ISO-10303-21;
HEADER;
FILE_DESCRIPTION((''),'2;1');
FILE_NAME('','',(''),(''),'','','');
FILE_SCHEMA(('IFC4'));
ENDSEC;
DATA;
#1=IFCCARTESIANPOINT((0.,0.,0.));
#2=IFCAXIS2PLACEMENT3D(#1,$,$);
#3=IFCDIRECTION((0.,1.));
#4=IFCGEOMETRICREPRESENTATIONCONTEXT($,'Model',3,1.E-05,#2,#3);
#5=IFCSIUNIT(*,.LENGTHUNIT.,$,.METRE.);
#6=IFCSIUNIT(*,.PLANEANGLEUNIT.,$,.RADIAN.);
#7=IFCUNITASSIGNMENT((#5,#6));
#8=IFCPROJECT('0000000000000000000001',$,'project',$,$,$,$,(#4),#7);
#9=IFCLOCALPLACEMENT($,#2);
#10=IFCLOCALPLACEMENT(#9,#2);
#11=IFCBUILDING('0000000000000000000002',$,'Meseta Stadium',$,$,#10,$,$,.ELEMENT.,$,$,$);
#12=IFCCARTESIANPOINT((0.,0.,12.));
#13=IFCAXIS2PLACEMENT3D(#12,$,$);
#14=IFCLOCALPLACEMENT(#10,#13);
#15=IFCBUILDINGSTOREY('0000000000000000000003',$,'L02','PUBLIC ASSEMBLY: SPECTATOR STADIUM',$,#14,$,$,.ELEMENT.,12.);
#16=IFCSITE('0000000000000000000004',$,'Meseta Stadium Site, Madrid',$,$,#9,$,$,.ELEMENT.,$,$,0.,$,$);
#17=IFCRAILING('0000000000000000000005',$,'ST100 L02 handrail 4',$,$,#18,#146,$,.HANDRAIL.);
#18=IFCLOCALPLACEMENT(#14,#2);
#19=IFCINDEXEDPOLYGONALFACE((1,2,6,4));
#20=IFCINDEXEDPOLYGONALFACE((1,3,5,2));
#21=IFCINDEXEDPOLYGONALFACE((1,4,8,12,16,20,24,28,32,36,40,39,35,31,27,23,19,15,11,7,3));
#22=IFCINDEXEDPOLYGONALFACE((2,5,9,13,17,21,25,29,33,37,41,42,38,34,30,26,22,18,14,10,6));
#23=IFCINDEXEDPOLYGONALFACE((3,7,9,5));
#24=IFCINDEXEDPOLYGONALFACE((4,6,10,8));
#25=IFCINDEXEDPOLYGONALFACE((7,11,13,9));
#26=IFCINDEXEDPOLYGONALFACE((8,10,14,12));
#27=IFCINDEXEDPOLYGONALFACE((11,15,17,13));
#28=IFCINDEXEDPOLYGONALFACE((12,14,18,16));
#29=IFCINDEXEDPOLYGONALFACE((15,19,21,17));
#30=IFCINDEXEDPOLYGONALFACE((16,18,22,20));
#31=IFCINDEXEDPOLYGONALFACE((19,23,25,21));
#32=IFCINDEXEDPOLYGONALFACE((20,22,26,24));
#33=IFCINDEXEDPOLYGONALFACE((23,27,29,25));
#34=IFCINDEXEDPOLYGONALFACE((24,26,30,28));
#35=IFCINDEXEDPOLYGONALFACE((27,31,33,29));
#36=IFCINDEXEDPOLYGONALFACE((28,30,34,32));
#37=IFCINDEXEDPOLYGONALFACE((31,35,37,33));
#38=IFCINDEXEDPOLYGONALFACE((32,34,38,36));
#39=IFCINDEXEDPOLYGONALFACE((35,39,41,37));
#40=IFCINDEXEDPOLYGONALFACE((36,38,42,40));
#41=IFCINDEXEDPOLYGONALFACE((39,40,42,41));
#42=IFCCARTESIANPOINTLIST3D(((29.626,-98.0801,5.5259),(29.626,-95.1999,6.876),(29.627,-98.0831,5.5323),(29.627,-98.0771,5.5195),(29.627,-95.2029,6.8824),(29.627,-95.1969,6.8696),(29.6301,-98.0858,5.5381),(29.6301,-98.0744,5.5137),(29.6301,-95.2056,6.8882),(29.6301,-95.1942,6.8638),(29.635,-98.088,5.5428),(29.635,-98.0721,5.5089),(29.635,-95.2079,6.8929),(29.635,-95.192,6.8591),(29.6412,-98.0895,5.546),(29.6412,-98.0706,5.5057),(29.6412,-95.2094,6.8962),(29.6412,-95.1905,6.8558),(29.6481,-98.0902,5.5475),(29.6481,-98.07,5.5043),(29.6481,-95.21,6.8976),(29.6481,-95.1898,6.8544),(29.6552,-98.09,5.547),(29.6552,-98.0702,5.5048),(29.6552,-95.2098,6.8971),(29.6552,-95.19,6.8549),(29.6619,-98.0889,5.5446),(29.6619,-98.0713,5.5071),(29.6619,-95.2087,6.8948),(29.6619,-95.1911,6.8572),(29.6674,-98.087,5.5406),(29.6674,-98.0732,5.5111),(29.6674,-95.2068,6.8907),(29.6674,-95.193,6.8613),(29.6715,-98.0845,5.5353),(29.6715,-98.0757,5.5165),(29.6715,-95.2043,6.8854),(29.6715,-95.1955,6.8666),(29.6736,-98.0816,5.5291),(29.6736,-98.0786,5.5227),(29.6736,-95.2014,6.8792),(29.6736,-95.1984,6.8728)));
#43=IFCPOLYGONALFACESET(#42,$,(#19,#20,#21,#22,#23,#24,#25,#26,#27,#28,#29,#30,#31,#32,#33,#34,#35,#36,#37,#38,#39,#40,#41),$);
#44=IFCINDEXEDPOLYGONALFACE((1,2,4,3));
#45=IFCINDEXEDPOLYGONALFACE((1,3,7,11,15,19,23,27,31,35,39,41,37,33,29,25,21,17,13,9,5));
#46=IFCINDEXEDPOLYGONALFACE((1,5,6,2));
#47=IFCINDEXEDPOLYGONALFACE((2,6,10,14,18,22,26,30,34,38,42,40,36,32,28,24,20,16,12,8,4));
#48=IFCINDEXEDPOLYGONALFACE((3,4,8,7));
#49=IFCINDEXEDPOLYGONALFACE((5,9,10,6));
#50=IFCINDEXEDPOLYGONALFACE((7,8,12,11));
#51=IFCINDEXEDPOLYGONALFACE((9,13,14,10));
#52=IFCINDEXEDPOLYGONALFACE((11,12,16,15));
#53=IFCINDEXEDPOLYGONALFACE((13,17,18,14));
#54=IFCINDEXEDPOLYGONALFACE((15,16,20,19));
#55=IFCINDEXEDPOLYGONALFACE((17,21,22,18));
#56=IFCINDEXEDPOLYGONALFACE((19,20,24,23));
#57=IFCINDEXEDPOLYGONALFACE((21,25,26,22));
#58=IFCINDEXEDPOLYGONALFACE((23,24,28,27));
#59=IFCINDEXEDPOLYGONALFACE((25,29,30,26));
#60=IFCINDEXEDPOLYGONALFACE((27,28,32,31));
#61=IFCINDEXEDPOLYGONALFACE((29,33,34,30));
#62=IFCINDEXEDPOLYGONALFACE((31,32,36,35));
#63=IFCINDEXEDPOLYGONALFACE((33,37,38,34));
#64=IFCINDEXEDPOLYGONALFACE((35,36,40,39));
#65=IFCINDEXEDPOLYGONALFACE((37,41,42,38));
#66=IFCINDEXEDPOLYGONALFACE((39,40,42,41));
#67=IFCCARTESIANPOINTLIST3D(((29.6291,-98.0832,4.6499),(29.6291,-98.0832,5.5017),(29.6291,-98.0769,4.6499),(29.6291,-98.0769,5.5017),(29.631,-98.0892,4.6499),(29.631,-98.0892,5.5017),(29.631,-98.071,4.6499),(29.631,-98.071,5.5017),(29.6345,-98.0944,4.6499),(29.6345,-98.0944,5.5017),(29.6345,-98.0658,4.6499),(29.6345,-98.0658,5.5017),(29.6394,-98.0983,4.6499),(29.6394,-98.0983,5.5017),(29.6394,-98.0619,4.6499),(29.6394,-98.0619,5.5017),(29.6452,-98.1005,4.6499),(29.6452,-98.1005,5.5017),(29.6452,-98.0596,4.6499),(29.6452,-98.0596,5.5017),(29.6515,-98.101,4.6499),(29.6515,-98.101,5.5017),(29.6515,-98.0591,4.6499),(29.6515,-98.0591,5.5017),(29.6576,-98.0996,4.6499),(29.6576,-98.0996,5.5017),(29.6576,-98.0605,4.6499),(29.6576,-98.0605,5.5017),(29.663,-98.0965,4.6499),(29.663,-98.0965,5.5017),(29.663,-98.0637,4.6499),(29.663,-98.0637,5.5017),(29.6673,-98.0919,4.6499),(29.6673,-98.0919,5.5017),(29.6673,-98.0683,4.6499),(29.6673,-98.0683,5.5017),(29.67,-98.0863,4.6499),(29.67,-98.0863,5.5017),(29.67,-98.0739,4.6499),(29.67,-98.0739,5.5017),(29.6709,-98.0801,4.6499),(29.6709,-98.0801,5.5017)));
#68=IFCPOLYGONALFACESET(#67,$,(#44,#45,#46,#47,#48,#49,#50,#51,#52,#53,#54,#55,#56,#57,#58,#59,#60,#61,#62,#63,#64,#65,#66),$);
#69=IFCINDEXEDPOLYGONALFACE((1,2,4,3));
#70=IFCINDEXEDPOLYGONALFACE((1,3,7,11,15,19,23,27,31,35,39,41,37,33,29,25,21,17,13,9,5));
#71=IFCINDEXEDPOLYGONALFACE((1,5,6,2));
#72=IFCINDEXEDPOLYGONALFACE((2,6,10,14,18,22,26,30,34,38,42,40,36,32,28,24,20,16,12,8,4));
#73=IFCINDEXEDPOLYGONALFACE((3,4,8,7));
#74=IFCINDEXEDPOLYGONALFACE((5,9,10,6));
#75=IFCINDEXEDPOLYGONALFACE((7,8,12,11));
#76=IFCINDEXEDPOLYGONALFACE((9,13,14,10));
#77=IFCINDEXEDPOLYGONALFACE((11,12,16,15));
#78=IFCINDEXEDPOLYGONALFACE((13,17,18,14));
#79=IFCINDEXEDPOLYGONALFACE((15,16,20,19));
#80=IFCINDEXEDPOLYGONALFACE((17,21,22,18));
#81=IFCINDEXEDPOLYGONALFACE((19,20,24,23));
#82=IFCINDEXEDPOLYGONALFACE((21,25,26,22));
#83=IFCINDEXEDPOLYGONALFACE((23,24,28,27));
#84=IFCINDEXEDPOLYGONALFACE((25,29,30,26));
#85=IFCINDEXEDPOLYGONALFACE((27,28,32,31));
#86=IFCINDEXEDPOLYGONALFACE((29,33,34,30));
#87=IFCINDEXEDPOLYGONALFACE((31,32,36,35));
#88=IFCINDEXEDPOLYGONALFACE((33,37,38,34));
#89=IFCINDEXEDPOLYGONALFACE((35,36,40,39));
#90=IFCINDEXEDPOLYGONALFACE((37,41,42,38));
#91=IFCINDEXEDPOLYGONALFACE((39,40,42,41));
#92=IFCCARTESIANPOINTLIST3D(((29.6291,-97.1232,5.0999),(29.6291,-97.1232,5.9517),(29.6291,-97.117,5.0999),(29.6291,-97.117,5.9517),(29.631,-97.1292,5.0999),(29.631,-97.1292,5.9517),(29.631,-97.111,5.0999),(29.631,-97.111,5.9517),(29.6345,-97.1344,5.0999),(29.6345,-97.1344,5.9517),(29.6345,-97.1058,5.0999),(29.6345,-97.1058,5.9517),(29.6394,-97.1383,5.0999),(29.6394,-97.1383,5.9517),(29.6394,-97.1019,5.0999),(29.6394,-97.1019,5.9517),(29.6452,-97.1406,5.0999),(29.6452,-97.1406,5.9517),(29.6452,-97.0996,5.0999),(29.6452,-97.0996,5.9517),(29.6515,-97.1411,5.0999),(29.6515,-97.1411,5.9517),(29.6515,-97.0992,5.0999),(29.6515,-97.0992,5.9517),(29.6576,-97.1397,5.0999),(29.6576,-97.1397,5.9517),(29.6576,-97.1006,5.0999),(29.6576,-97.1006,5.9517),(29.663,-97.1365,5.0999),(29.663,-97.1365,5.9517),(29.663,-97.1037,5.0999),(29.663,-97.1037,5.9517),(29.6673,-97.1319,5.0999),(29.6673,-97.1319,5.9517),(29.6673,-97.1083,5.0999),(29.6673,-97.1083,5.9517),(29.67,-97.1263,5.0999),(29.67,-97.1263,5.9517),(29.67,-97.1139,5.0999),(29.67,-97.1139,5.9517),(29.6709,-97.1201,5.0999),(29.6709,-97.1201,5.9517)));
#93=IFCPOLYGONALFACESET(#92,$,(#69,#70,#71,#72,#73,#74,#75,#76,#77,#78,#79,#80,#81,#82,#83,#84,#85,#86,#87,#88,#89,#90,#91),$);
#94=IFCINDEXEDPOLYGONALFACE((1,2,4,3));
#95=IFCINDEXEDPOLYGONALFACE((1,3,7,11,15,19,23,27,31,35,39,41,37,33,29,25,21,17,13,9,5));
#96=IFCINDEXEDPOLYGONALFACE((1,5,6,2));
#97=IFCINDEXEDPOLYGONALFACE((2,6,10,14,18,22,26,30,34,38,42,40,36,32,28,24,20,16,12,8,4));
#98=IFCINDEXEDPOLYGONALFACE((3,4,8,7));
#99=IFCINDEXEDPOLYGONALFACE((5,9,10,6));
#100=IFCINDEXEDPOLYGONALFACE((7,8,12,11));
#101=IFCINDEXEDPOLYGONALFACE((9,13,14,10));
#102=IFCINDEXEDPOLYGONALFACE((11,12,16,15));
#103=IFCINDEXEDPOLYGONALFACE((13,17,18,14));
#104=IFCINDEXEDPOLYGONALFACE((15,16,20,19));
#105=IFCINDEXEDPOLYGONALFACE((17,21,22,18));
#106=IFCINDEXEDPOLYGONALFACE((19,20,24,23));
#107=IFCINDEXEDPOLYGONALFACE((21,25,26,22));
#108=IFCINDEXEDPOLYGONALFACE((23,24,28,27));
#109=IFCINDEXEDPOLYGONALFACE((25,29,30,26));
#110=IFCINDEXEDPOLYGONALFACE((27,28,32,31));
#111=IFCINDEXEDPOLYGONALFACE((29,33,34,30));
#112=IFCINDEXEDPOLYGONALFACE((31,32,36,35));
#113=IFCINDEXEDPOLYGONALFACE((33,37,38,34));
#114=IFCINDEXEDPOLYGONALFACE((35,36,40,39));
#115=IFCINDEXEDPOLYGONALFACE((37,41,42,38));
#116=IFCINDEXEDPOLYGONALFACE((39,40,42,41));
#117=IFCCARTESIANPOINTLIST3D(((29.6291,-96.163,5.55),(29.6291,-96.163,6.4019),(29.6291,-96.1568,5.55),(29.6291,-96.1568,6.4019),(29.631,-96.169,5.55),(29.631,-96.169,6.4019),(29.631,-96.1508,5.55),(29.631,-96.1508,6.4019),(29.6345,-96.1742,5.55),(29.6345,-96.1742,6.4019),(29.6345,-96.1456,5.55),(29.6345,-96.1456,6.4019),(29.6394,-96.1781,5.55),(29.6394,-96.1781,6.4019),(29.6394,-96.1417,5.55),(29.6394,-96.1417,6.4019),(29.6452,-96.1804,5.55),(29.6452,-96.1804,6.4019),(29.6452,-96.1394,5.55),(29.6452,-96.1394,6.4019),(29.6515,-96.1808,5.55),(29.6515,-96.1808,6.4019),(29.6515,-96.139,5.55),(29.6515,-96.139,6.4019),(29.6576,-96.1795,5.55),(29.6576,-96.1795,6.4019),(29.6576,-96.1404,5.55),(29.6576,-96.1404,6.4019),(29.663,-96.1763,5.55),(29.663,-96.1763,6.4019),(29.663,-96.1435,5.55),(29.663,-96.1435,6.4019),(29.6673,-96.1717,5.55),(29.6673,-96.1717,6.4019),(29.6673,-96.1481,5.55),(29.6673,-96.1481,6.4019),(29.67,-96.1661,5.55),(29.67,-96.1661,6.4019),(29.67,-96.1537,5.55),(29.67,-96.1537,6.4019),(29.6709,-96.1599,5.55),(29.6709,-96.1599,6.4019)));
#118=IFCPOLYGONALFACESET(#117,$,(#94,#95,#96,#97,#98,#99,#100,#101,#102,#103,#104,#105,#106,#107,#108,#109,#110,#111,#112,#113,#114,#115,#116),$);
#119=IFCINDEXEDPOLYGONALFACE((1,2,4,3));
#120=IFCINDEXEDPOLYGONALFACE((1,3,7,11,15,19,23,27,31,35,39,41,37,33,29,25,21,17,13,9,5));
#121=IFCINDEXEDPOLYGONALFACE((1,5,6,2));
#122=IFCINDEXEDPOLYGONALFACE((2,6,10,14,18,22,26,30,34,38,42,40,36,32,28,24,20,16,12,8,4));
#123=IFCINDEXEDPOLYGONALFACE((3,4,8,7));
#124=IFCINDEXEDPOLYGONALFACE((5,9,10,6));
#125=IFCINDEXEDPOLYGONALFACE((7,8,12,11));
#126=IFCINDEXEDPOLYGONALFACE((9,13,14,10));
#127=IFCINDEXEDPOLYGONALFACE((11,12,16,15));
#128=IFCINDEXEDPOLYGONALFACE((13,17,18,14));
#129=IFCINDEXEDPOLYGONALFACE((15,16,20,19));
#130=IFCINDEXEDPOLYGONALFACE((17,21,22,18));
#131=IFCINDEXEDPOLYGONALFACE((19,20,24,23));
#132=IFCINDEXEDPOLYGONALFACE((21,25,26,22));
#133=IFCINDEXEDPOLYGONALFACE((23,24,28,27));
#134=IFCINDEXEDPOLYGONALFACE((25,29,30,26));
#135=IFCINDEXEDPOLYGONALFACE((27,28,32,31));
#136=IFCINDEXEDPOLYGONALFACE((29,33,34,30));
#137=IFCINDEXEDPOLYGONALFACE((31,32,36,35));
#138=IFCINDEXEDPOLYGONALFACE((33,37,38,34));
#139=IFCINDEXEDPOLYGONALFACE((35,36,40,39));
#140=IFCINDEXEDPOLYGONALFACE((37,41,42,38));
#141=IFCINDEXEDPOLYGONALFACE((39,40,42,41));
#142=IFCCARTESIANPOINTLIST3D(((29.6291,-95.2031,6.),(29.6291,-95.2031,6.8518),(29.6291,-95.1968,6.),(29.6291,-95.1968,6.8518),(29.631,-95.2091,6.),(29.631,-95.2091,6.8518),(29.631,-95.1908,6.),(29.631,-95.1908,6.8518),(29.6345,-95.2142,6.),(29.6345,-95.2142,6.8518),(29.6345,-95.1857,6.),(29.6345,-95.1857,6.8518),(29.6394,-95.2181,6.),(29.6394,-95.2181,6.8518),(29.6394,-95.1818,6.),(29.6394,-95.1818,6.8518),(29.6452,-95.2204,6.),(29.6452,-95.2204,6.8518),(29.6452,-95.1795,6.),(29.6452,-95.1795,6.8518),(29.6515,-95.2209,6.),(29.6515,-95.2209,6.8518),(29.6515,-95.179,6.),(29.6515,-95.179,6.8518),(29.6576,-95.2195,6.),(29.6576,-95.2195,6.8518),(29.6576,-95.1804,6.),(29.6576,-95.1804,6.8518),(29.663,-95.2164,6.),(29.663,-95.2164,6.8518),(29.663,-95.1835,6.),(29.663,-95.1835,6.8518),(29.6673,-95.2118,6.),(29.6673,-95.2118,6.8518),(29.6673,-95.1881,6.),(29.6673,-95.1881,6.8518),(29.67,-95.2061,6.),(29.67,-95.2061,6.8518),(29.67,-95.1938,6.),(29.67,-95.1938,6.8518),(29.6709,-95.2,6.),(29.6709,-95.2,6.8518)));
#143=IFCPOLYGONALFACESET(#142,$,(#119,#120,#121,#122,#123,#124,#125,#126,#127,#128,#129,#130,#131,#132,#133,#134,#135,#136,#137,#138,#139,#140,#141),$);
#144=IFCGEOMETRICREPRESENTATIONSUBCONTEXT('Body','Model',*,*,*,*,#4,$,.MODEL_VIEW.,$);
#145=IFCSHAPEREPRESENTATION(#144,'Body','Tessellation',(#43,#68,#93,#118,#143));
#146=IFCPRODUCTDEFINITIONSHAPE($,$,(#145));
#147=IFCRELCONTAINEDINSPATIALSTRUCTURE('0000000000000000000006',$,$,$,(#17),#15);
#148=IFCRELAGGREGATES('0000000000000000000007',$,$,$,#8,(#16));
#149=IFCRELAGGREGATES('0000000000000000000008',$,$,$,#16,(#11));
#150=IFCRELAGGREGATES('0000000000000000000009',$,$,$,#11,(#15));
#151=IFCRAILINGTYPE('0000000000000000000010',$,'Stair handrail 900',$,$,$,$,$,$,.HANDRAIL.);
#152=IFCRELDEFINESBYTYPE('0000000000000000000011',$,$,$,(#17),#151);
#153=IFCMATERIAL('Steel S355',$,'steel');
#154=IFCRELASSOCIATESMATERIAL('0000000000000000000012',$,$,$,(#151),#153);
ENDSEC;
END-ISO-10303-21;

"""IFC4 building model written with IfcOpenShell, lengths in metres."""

from ifc_helpers import new_model, si_unit, direction, frame, origin, origin_2d, place, context, subcontext, project, spatial, circle, extrude, material, type_object, element, save


model = new_model("IFC4")

# Units and contexts
model_context = context("Model", 3, precision=1e-05, world=origin(), true_north=direction((0.0, 1.0)))
body_context = subcontext(model_context, "Body", "Model", "MODEL_VIEW")
ifc_project = project(units=[si_unit("LENGTHUNIT", "METRE"), si_unit("PLANEANGLEUNIT", "RADIAN")], contexts=[model_context])

# Site, building, storey
site_placement = place(None, origin())
site = spatial("IfcSite", under=ifc_project, at=site_placement, Name="Meseta Stadium Site, Madrid", CompositionType="ELEMENT", RefElevation=0.0)
building_placement = place(site_placement, origin())
building = spatial("IfcBuilding", under=site, at=building_placement, Name="Meseta Stadium", CompositionType="ELEMENT")
storey_placement = place(building_placement, frame((0.0, 0.0, 12.0)))
storey = spatial("IfcBuildingStorey", under=building, at=storey_placement, Name="L02", Description="PUBLIC ASSEMBLY: SPECTATOR STADIUM", CompositionType="ELEMENT", Elevation=12.0)

# Railing
ifc_material_1 = material(Name="Steel S355", Category="steel")
railing_type_1 = type_object("IfcRailingType", Name="Stair handrail 900", PredefinedType="HANDRAIL", material=ifc_material_1)
railing_1_placement = place(storey_placement, frame((29.6499, -98.0801, 4.6499)))
element("IfcRailing", 1, at=railing_1_placement, inside=storey, type_object=railing_type_1, Name="ST100 L02 handrail 4", PredefinedType="HANDRAIL", context=body_context, shape_type="SweptSolid", body=[
    extrude(circle(Radius=0.0239, at=origin_2d()), frame((0.0, 0.0, 0.876), z_axis=(0.0, 0.905454, 0.424444), x_axis=(-1.0, 0.0, 0.0)), (0.0, 0.0, 1.0), 3.1809),
    extrude(circle(Radius=0.021, at=origin_2d()), origin(), (0.0, 0.0, 1.0), 0.8518),
    extrude(circle(Radius=0.021, at=origin_2d()), frame((0.0, 0.96, 0.45)), (0.0, 0.0, 1.0), 0.8518),
    extrude(circle(Radius=0.021, at=origin_2d()), frame((0.0, 1.9202, 0.9001)), (0.0, 0.0, 1.0), 0.8518),
    extrude(circle(Radius=0.021, at=origin_2d()), frame((0.0, 2.8801, 1.3501)), (0.0, 0.0, 1.0), 0.8518),
])

save(model, "model.ifc")
